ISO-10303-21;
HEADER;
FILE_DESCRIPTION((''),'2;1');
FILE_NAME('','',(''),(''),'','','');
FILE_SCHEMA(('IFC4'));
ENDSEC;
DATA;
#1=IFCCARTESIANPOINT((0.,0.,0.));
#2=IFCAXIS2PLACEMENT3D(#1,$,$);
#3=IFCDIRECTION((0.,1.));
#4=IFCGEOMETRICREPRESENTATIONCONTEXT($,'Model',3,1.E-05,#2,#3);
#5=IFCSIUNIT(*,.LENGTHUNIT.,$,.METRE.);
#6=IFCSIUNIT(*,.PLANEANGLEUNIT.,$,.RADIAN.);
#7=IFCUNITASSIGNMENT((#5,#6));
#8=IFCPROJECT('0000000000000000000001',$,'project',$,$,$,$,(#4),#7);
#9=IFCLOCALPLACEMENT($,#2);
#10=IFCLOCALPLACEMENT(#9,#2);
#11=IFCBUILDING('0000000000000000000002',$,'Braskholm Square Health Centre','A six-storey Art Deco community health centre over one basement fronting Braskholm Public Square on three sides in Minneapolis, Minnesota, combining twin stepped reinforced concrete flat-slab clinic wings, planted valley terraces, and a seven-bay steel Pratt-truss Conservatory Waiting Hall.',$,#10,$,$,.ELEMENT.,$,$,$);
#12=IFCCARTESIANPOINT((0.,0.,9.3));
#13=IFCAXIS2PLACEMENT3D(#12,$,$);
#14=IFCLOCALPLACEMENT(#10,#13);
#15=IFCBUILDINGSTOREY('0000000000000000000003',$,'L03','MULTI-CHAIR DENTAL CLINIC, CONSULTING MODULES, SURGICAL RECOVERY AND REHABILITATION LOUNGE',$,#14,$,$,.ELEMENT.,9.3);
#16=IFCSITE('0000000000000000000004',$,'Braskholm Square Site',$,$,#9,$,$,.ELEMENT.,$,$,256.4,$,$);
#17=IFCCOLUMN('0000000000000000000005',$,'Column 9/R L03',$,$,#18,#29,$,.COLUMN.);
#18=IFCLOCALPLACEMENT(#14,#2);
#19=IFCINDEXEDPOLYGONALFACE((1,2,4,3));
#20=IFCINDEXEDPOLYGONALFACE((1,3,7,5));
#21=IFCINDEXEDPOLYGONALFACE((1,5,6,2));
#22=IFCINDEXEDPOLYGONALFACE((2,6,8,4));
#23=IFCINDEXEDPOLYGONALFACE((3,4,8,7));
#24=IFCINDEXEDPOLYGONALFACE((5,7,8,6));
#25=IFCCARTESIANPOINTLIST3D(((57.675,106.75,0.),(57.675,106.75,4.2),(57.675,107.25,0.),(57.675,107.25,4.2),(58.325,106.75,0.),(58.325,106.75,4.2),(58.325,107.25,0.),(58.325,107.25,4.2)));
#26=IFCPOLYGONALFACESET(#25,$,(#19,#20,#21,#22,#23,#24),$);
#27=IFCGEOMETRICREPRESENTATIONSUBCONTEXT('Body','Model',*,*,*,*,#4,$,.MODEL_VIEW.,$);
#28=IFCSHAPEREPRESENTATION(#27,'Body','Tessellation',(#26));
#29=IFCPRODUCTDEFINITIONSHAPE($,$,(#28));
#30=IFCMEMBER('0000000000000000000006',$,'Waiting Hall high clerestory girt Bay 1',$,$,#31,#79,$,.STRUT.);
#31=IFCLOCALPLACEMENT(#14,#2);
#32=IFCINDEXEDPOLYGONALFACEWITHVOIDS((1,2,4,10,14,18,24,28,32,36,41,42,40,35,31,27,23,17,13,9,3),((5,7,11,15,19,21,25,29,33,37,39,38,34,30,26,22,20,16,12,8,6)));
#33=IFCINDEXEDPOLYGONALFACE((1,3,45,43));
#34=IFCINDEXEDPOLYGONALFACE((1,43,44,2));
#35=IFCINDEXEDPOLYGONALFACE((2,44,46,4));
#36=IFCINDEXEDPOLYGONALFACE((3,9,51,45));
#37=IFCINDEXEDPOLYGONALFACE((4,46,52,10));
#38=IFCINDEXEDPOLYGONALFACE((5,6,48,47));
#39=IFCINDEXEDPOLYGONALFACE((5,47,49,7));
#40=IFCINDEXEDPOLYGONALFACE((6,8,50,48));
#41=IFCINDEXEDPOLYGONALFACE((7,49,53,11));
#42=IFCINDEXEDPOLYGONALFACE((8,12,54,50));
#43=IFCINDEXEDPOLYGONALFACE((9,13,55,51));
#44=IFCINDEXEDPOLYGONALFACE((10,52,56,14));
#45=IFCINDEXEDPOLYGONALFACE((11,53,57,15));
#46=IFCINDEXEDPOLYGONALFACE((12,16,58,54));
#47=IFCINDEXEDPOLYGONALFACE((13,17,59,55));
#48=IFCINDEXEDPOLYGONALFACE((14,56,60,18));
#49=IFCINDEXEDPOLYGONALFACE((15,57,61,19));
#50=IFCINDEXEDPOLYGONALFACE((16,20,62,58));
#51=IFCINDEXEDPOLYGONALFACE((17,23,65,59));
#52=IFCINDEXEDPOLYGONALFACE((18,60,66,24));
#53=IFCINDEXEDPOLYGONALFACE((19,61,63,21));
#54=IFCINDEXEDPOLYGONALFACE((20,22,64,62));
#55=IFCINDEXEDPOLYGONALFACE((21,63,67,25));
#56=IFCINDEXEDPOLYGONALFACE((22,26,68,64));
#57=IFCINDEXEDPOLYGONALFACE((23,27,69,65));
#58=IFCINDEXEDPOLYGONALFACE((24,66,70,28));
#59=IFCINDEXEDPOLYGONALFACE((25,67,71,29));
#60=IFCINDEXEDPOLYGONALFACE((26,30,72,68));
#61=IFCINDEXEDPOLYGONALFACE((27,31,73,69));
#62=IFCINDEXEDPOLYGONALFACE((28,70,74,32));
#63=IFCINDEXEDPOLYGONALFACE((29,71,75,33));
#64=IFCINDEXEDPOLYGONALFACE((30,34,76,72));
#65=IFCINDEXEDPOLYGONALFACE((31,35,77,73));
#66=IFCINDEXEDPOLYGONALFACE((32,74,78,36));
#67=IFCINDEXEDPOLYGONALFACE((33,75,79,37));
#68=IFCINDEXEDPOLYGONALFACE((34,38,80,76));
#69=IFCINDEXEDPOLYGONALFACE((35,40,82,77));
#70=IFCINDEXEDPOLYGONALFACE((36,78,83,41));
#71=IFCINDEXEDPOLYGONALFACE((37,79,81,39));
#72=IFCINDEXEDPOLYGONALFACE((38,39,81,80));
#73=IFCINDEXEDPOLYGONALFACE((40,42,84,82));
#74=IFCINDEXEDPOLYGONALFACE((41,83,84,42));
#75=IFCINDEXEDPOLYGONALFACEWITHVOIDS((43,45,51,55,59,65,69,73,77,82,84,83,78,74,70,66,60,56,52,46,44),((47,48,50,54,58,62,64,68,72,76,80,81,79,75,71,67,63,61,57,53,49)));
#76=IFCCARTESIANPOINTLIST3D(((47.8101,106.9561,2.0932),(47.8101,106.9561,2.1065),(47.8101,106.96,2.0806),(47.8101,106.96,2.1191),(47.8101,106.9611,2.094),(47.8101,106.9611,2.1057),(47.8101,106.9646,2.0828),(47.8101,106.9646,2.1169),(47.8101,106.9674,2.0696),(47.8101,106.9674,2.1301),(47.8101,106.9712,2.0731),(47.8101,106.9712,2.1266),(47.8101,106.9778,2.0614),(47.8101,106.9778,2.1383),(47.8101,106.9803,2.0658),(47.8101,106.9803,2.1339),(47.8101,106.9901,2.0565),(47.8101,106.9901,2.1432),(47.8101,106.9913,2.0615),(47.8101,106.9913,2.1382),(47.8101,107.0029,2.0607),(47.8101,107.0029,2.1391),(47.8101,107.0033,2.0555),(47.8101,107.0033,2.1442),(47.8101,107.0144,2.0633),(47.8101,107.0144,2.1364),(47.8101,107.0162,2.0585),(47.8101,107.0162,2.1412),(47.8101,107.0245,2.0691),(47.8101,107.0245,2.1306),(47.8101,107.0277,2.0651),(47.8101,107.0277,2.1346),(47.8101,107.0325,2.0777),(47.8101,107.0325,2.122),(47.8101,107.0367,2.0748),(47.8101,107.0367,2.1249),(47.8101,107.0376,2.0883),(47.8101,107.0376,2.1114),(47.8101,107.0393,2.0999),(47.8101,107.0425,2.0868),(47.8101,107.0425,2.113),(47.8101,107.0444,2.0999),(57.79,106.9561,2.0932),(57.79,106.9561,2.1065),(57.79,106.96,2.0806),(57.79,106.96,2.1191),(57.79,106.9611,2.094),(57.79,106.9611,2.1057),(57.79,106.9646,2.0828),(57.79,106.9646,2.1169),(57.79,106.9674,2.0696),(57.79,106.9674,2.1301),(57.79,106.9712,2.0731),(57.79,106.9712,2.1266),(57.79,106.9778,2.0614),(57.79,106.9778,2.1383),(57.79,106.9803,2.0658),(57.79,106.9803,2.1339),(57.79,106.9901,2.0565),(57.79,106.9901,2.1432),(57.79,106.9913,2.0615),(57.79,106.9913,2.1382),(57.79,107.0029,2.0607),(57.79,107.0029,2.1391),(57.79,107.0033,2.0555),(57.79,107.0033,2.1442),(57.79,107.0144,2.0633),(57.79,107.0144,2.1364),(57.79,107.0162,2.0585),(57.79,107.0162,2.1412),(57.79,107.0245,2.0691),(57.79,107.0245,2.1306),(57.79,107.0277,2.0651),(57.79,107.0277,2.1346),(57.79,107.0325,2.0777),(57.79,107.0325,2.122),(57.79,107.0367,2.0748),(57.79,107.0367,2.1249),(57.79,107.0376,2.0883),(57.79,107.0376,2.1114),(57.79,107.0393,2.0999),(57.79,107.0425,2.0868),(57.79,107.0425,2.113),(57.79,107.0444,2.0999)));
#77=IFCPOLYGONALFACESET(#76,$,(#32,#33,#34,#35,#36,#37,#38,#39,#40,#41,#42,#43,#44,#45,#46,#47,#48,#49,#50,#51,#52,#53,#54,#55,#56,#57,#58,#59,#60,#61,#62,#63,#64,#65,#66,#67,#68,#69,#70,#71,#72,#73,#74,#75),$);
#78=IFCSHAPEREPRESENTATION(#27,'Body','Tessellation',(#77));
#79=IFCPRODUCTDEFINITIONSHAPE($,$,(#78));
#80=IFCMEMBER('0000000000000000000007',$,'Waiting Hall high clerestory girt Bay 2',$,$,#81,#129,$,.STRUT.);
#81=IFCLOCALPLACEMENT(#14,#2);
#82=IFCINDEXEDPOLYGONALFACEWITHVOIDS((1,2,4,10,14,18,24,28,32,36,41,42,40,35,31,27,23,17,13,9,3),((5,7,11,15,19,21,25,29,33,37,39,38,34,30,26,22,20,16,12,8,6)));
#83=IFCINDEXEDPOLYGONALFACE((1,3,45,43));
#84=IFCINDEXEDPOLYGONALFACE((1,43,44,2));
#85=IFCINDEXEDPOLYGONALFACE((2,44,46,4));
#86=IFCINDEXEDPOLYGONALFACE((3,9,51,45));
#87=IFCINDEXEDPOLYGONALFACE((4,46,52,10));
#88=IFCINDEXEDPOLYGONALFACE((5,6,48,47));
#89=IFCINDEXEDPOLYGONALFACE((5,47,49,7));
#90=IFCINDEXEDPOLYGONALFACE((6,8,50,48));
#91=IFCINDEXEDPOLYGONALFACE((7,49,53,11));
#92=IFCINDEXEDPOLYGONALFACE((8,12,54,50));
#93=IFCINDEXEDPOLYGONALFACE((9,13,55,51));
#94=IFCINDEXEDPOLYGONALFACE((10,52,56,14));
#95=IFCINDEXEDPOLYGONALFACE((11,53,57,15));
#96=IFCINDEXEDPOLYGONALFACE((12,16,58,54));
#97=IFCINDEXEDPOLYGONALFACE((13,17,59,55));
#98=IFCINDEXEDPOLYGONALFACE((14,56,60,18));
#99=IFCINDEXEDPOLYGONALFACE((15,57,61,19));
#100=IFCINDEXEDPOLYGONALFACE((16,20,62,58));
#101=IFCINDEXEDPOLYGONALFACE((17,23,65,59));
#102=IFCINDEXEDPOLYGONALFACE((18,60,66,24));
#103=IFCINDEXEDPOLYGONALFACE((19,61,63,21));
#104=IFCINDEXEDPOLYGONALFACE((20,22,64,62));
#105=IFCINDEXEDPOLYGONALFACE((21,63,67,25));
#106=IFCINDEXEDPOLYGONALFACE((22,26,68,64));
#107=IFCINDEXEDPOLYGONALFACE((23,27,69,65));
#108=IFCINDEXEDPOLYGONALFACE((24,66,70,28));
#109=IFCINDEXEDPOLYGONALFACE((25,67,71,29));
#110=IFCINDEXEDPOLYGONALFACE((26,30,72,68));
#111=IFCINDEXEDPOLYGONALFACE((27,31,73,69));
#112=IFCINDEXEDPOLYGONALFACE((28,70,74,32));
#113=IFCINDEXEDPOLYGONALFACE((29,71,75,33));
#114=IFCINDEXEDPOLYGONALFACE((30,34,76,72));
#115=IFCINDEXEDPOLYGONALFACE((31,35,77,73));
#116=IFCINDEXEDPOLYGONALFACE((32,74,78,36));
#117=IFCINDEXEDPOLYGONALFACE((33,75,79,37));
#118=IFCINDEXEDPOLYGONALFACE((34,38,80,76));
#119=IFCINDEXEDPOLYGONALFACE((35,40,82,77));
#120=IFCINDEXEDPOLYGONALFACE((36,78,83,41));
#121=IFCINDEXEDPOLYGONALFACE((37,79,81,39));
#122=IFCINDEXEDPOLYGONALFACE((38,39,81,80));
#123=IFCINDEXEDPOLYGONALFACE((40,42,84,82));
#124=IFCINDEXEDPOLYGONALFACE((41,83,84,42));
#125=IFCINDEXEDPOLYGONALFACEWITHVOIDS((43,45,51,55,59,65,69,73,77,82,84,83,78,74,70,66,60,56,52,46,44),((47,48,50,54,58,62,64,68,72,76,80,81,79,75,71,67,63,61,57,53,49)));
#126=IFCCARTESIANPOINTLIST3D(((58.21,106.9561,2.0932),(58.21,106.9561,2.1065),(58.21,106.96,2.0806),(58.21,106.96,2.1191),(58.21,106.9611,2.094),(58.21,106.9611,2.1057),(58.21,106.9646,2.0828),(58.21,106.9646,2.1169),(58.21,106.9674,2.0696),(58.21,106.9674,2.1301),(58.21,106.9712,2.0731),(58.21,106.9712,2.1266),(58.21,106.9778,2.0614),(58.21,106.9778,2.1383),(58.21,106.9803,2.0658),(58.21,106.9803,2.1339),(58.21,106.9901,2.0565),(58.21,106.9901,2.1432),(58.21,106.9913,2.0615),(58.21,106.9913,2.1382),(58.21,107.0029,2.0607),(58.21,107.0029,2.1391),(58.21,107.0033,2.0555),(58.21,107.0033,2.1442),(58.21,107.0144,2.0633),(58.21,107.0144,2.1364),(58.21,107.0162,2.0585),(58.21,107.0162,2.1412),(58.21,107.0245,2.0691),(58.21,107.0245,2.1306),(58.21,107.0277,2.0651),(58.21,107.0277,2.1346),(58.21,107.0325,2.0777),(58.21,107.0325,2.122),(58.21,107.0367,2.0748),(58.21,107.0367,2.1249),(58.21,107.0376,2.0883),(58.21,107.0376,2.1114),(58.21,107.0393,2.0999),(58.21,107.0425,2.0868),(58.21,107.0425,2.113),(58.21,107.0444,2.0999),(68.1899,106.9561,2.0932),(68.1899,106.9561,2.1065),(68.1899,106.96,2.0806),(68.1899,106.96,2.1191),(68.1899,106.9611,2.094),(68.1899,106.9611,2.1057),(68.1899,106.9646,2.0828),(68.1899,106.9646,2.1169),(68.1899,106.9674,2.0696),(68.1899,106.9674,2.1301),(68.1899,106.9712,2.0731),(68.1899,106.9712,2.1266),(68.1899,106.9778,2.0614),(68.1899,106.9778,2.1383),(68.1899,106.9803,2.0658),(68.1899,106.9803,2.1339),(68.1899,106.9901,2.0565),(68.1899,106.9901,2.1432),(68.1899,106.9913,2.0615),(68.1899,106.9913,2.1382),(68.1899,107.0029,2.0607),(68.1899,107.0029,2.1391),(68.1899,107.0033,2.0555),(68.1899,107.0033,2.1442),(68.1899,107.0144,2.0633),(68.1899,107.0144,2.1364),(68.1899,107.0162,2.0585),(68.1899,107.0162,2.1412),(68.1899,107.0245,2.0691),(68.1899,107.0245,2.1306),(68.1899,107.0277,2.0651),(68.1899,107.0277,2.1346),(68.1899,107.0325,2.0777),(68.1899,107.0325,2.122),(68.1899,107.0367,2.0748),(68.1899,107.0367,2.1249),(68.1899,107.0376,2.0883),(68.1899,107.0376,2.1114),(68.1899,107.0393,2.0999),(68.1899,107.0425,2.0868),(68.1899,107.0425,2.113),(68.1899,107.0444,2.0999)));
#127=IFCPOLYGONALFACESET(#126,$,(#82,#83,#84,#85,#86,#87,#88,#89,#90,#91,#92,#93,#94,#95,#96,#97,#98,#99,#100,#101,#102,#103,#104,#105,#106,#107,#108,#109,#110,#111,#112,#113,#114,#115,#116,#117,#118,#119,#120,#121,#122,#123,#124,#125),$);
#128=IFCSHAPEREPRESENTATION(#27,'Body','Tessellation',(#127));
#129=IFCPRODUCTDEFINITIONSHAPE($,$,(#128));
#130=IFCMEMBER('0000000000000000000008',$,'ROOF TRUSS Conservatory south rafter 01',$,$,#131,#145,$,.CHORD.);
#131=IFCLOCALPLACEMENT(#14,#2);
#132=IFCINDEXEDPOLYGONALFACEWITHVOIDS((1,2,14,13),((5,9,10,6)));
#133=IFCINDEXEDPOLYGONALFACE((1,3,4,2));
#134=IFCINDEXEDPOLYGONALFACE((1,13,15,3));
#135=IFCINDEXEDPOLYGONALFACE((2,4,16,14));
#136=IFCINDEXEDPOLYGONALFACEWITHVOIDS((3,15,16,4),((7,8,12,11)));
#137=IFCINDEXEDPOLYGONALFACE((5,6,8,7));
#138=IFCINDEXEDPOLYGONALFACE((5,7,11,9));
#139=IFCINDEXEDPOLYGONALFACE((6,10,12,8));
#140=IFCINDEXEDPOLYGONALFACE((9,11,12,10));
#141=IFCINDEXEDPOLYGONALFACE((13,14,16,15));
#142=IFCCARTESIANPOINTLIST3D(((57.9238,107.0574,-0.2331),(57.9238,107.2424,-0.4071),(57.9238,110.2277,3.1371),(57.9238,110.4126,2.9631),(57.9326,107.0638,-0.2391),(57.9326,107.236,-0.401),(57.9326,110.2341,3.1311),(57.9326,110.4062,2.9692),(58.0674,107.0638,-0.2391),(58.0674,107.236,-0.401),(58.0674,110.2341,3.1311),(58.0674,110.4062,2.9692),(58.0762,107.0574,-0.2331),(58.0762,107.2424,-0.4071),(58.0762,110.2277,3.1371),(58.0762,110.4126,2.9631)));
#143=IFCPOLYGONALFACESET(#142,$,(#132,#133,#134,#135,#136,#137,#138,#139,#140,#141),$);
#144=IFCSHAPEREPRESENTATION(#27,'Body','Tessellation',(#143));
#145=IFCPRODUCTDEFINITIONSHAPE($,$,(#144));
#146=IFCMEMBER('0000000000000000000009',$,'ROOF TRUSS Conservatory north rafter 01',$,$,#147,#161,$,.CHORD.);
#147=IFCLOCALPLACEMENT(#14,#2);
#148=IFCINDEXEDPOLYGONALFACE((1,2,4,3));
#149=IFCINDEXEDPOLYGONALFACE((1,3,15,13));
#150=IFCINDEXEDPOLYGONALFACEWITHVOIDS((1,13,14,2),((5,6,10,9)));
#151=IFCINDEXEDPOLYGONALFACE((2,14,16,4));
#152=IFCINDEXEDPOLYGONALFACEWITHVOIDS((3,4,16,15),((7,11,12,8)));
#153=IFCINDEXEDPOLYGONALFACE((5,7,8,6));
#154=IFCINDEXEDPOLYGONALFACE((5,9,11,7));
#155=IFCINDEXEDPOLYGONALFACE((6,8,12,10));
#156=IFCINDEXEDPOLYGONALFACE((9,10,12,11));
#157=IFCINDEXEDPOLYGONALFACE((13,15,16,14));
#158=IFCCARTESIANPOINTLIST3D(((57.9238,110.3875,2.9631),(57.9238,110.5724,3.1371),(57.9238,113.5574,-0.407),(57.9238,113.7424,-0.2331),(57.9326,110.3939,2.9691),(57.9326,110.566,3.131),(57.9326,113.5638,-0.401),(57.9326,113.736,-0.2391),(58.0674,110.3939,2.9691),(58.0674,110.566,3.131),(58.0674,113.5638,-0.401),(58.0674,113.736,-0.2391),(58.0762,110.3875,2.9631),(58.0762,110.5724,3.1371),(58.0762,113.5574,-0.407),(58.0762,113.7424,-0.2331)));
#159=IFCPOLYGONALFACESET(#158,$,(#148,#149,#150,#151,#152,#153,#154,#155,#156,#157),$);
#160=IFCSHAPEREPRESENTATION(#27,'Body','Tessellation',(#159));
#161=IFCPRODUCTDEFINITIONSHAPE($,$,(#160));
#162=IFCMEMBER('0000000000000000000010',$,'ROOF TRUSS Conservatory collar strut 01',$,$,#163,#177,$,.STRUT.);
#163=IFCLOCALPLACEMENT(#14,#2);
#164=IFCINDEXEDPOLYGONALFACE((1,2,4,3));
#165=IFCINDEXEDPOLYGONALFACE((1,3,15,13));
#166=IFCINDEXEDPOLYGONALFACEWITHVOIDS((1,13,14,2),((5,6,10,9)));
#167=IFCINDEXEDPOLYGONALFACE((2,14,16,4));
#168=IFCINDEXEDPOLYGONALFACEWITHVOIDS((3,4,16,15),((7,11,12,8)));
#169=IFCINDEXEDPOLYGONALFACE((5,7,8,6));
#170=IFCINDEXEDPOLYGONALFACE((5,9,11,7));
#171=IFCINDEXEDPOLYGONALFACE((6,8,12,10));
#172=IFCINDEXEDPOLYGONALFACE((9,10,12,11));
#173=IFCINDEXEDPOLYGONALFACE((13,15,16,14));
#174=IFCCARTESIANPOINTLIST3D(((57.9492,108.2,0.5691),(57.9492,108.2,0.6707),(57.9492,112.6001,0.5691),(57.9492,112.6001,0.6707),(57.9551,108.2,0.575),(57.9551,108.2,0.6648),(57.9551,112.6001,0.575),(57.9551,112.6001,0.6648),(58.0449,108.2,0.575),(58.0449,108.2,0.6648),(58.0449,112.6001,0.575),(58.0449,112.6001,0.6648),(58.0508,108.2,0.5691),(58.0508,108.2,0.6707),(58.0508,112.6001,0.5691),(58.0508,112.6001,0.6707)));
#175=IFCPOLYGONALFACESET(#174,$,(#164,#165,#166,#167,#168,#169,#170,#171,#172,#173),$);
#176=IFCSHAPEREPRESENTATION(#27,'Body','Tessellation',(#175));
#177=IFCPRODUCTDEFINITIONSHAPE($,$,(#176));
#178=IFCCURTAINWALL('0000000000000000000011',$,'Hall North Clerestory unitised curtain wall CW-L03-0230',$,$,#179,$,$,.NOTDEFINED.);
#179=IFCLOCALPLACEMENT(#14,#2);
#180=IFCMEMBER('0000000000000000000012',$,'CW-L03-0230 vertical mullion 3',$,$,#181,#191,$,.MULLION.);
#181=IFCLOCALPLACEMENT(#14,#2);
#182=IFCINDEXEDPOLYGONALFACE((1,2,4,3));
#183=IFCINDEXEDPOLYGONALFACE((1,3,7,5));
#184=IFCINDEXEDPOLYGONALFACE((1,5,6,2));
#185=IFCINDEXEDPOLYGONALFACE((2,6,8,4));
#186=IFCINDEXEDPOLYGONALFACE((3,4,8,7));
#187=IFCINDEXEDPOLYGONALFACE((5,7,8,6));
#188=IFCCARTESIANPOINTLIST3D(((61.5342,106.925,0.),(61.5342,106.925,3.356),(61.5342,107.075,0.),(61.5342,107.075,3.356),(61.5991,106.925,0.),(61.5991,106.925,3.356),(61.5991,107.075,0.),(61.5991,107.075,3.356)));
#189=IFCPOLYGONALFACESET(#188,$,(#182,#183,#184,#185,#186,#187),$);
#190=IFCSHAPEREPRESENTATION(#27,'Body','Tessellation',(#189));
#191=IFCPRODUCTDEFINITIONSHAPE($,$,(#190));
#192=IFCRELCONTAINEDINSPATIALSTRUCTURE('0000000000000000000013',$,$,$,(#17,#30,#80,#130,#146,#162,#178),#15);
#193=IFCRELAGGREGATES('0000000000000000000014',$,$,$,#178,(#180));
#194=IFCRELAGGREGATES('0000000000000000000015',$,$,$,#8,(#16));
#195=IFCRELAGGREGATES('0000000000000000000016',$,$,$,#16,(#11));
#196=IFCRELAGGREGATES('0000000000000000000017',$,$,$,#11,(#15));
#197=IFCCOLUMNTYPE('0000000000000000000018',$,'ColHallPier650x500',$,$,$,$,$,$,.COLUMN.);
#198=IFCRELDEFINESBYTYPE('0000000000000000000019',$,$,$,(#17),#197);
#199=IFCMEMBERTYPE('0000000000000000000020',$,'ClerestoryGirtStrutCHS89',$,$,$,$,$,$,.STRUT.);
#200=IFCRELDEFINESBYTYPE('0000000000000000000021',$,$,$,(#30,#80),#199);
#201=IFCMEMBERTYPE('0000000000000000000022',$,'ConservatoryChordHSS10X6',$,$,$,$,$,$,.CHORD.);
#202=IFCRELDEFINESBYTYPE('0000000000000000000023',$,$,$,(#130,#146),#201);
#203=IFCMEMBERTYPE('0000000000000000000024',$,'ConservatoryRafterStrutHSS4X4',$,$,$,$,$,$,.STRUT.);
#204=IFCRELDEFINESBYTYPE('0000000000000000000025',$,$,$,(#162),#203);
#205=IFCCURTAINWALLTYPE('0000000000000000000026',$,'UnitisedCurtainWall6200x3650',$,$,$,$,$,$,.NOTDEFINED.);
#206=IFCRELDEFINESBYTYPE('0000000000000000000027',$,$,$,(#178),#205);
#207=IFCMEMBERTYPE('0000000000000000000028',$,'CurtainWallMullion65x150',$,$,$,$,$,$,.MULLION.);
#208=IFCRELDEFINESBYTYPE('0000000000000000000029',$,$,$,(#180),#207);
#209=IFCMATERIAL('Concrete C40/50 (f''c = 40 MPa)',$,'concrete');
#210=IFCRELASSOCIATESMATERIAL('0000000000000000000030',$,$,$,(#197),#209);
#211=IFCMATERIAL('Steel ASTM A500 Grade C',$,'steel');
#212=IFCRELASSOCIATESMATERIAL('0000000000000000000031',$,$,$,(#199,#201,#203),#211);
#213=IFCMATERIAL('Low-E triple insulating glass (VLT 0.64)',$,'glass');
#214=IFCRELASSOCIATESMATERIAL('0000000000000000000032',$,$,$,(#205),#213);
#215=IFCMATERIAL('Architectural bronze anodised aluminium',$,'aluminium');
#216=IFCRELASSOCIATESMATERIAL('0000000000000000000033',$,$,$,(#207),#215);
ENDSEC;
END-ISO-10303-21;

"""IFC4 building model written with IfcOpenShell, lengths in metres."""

from ifc_helpers import new_model, si_unit, direction, frame, origin, origin_2d, place, context, subcontext, project, spatial, rectangle, hollow_rectangle, hollow_circle, extrude, material, material_profile, profile_set, type_object, element, aggregate, save


model = new_model("IFC4")

# Units and contexts
model_context = context("Model", 3, precision=1e-05, world=origin(), true_north=direction((0.0, 1.0)))
body_context = subcontext(model_context, "Body", "Model", "MODEL_VIEW")
ifc_project = project(units=[si_unit("LENGTHUNIT", "METRE"), si_unit("PLANEANGLEUNIT", "RADIAN")], contexts=[model_context])

# Site, building, storey
site_placement = place(None, origin())
site = spatial("IfcSite", under=ifc_project, at=site_placement, Name="Braskholm Square Site", CompositionType="ELEMENT", RefElevation=256.4)
building_placement = place(site_placement, origin())
building = spatial("IfcBuilding", under=site, at=building_placement, Name="Braskholm Square Health Centre", Description="A six-storey Art Deco community health centre over one basement fronting Braskholm Public Square on three sides in Minneapolis, Minnesota, combining twin stepped reinforced concrete flat-slab clinic wings, planted valley terraces, and a seven-bay steel Pratt-truss Conservatory Waiting Hall.", CompositionType="ELEMENT")
storey_placement = place(building_placement, frame((0.0, 0.0, 9.3)))
storey = spatial("IfcBuildingStorey", under=building, at=storey_placement, Name="L03", Description="MULTI-CHAIR DENTAL CLINIC, CONSULTING MODULES, SURGICAL RECOVERY AND REHABILITATION LOUNGE", CompositionType="ELEMENT", Elevation=9.3)

# Column
ifc_material_1 = material(Name="Concrete C40/50 (f'c = 40 MPa)", Category="concrete")
ifc_material_profile_1 = material_profile(ifc_material_1, rectangle(XDim=0.6499, YDim=0.5, at=origin_2d()), Name="RC-650X500")
ifc_profile_set_1 = profile_set([ifc_material_profile_1], Name="Concrete C40/50 (f'c = 40 MPa)")
column_type = type_object("IfcColumnType", Name="ColHallPier650x500", PredefinedType="COLUMN", material=ifc_profile_set_1)
column_placement = place(storey_placement, frame((58.0, 107.0, 0.0), z_axis=(0.0, 0.0, 1.0), x_axis=(1.0, 0.0, 0.0)))
element("IfcColumn", 1, at=column_placement, inside=storey, type_object=column_type, Name="Column 9/R L03", PredefinedType="COLUMN", context=body_context, shape_type="SweptSolid", body=[
    extrude(rectangle(XDim=0.6499, YDim=0.5, at=origin_2d()), origin(), (0.0, 0.0, 1.0), 4.2),
])

# Members
ifc_material_2 = material(Name="Steel ASTM A500 Grade C", Category="steel")
ifc_material_profile_2 = material_profile(ifc_material_2, hollow_circle(Radius=0.0444, WallThickness=0.0051, at=origin_2d()), Name="HSS3.500X0.216")
ifc_profile_set_2 = profile_set([ifc_material_profile_2], Name="Steel ASTM A500 Grade C")
member_type_1 = type_object("IfcMemberType", Name="ClerestoryGirtStrutCHS89", PredefinedType="STRUT", material=ifc_profile_set_2)
for number, where, z_axis, x_axis, name in (
    (2, (47.8101, 107.0, 2.0999), (1.0, 0.0, 0.0), (0.0, 1.0, 0.0), "Waiting Hall high clerestory girt Bay 1"),
    (3, (58.21, 107.0, 2.0999), (1.0, 0.0, 0.0), (0.0, 1.0, 0.0), "Waiting Hall high clerestory girt Bay 2"),
):
    element("IfcMember", number, at=place(storey_placement, frame(where, z_axis=z_axis, x_axis=x_axis)), inside=storey, type_object=member_type_1, Name=name, PredefinedType="STRUT", context=body_context, shape_type="SweptSolid", body=[
        extrude(hollow_circle(Radius=0.0444, WallThickness=0.0051, at=origin_2d()), origin(), (0.0, 0.0, 1.0), 9.98),
    ])
ifc_material_profile_3 = material_profile(ifc_material_2, hollow_rectangle(XDim=0.1523, YDim=0.2539, WallThickness=0.0088, at=origin_2d()), Name="HSS10X6X3/8")
ifc_profile_set_3 = profile_set([ifc_material_profile_3], Name="Steel ASTM A500 Grade C")
member_type_2 = type_object("IfcMemberType", Name="ConservatoryChordHSS10X6", PredefinedType="CHORD", material=ifc_profile_set_3)
member_1_placement = place(storey_placement, frame((58.0, 107.1499, -0.3201), z_axis=(0.0, 0.685169, 0.728384), x_axis=(-1.0, 0.0, 0.0)))
element("IfcMember", 4, at=member_1_placement, inside=storey, type_object=member_type_2, Name="ROOF TRUSS Conservatory south rafter 01", PredefinedType="CHORD", context=body_context, shape_type="SweptSolid", body=[
    extrude(hollow_rectangle(XDim=0.1523, YDim=0.2539, WallThickness=0.0088, at=origin_2d()), origin(), (0.0, 0.0, 1.0), 4.627),
])
member_2_placement = place(storey_placement, frame((58.0, 113.6499, -0.3201), z_axis=(0.0, -0.685141, 0.728411), x_axis=(1.0, 0.0, 0.0)))
element("IfcMember", 5, at=member_2_placement, inside=storey, type_object=member_type_2, Name="ROOF TRUSS Conservatory north rafter 01", PredefinedType="CHORD", context=body_context, shape_type="SweptSolid", body=[
    extrude(hollow_rectangle(XDim=0.1523, YDim=0.2539, WallThickness=0.0088, at=origin_2d()), origin(), (0.0, 0.0, 1.0), 4.6267),
])
ifc_material_profile_4 = material_profile(ifc_material_2, hollow_rectangle(XDim=0.1016, YDim=0.1016, WallThickness=0.0059, at=origin_2d()), Name="HSS4X4X1/4")
ifc_profile_set_4 = profile_set([ifc_material_profile_4], Name="Steel ASTM A500 Grade C")
member_type_3 = type_object("IfcMemberType", Name="ConservatoryRafterStrutHSS4X4", PredefinedType="STRUT", material=ifc_profile_set_4)
member_3_placement = place(storey_placement, frame((58.0, 108.2, 0.6199), z_axis=(0.0, 1.0, 0.0), x_axis=(-1.0, 0.0, 0.0)))
element("IfcMember", 6, at=member_3_placement, inside=storey, type_object=member_type_3, Name="ROOF TRUSS Conservatory collar strut 01", PredefinedType="STRUT", context=body_context, shape_type="SweptSolid", body=[
    extrude(hollow_rectangle(XDim=0.1016, YDim=0.1016, WallThickness=0.0059, at=origin_2d()), origin(), (0.0, 0.0, 1.0), 4.4001),
])

# Curtain wall, member
ifc_material_3 = material(Name="Low-E triple insulating glass (VLT 0.64)", Category="glass")
curtain_wall_type = type_object("IfcCurtainWallType", Name="UnitisedCurtainWall6200x3650", PredefinedType="NOTDEFINED", material=ifc_material_3)
curtain_wall_1_placement = place(storey_placement, origin())
curtain_wall_1 = element("IfcCurtainWall", 7, at=curtain_wall_1_placement, inside=storey, type_object=curtain_wall_type, Name="Hall North Clerestory unitised curtain wall CW-L03-0230", PredefinedType="NOTDEFINED")
ifc_material_4 = material(Name="Architectural bronze anodised aluminium", Category="aluminium")
ifc_material_profile_5 = material_profile(ifc_material_4, rectangle(XDim=0.0649, YDim=0.1499, at=origin_2d()), Name="ALU-65X150")
ifc_profile_set_5 = profile_set([ifc_material_profile_5], Name="Architectural bronze anodised aluminium")
member_type_4 = type_object("IfcMemberType", Name="CurtainWallMullion65x150", PredefinedType="MULLION", material=ifc_profile_set_5)
member_4_placement = place(storey_placement, frame((61.5667, 107.0, 0.0), z_axis=(0.0, 0.0, 1.0), x_axis=(1.0, 0.0, 0.0)))
member_4 = element("IfcMember", 8, at=member_4_placement, type_object=member_type_4, Name="CW-L03-0230 vertical mullion 3", PredefinedType="MULLION", context=body_context, shape_type="SweptSolid", body=[
    extrude(rectangle(XDim=0.0649, YDim=0.1499, at=origin_2d()), origin(), (0.0, 0.0, 1.0), 3.356),
])

aggregate(curtain_wall_1, [member_4])

save(model, "model.ifc")
